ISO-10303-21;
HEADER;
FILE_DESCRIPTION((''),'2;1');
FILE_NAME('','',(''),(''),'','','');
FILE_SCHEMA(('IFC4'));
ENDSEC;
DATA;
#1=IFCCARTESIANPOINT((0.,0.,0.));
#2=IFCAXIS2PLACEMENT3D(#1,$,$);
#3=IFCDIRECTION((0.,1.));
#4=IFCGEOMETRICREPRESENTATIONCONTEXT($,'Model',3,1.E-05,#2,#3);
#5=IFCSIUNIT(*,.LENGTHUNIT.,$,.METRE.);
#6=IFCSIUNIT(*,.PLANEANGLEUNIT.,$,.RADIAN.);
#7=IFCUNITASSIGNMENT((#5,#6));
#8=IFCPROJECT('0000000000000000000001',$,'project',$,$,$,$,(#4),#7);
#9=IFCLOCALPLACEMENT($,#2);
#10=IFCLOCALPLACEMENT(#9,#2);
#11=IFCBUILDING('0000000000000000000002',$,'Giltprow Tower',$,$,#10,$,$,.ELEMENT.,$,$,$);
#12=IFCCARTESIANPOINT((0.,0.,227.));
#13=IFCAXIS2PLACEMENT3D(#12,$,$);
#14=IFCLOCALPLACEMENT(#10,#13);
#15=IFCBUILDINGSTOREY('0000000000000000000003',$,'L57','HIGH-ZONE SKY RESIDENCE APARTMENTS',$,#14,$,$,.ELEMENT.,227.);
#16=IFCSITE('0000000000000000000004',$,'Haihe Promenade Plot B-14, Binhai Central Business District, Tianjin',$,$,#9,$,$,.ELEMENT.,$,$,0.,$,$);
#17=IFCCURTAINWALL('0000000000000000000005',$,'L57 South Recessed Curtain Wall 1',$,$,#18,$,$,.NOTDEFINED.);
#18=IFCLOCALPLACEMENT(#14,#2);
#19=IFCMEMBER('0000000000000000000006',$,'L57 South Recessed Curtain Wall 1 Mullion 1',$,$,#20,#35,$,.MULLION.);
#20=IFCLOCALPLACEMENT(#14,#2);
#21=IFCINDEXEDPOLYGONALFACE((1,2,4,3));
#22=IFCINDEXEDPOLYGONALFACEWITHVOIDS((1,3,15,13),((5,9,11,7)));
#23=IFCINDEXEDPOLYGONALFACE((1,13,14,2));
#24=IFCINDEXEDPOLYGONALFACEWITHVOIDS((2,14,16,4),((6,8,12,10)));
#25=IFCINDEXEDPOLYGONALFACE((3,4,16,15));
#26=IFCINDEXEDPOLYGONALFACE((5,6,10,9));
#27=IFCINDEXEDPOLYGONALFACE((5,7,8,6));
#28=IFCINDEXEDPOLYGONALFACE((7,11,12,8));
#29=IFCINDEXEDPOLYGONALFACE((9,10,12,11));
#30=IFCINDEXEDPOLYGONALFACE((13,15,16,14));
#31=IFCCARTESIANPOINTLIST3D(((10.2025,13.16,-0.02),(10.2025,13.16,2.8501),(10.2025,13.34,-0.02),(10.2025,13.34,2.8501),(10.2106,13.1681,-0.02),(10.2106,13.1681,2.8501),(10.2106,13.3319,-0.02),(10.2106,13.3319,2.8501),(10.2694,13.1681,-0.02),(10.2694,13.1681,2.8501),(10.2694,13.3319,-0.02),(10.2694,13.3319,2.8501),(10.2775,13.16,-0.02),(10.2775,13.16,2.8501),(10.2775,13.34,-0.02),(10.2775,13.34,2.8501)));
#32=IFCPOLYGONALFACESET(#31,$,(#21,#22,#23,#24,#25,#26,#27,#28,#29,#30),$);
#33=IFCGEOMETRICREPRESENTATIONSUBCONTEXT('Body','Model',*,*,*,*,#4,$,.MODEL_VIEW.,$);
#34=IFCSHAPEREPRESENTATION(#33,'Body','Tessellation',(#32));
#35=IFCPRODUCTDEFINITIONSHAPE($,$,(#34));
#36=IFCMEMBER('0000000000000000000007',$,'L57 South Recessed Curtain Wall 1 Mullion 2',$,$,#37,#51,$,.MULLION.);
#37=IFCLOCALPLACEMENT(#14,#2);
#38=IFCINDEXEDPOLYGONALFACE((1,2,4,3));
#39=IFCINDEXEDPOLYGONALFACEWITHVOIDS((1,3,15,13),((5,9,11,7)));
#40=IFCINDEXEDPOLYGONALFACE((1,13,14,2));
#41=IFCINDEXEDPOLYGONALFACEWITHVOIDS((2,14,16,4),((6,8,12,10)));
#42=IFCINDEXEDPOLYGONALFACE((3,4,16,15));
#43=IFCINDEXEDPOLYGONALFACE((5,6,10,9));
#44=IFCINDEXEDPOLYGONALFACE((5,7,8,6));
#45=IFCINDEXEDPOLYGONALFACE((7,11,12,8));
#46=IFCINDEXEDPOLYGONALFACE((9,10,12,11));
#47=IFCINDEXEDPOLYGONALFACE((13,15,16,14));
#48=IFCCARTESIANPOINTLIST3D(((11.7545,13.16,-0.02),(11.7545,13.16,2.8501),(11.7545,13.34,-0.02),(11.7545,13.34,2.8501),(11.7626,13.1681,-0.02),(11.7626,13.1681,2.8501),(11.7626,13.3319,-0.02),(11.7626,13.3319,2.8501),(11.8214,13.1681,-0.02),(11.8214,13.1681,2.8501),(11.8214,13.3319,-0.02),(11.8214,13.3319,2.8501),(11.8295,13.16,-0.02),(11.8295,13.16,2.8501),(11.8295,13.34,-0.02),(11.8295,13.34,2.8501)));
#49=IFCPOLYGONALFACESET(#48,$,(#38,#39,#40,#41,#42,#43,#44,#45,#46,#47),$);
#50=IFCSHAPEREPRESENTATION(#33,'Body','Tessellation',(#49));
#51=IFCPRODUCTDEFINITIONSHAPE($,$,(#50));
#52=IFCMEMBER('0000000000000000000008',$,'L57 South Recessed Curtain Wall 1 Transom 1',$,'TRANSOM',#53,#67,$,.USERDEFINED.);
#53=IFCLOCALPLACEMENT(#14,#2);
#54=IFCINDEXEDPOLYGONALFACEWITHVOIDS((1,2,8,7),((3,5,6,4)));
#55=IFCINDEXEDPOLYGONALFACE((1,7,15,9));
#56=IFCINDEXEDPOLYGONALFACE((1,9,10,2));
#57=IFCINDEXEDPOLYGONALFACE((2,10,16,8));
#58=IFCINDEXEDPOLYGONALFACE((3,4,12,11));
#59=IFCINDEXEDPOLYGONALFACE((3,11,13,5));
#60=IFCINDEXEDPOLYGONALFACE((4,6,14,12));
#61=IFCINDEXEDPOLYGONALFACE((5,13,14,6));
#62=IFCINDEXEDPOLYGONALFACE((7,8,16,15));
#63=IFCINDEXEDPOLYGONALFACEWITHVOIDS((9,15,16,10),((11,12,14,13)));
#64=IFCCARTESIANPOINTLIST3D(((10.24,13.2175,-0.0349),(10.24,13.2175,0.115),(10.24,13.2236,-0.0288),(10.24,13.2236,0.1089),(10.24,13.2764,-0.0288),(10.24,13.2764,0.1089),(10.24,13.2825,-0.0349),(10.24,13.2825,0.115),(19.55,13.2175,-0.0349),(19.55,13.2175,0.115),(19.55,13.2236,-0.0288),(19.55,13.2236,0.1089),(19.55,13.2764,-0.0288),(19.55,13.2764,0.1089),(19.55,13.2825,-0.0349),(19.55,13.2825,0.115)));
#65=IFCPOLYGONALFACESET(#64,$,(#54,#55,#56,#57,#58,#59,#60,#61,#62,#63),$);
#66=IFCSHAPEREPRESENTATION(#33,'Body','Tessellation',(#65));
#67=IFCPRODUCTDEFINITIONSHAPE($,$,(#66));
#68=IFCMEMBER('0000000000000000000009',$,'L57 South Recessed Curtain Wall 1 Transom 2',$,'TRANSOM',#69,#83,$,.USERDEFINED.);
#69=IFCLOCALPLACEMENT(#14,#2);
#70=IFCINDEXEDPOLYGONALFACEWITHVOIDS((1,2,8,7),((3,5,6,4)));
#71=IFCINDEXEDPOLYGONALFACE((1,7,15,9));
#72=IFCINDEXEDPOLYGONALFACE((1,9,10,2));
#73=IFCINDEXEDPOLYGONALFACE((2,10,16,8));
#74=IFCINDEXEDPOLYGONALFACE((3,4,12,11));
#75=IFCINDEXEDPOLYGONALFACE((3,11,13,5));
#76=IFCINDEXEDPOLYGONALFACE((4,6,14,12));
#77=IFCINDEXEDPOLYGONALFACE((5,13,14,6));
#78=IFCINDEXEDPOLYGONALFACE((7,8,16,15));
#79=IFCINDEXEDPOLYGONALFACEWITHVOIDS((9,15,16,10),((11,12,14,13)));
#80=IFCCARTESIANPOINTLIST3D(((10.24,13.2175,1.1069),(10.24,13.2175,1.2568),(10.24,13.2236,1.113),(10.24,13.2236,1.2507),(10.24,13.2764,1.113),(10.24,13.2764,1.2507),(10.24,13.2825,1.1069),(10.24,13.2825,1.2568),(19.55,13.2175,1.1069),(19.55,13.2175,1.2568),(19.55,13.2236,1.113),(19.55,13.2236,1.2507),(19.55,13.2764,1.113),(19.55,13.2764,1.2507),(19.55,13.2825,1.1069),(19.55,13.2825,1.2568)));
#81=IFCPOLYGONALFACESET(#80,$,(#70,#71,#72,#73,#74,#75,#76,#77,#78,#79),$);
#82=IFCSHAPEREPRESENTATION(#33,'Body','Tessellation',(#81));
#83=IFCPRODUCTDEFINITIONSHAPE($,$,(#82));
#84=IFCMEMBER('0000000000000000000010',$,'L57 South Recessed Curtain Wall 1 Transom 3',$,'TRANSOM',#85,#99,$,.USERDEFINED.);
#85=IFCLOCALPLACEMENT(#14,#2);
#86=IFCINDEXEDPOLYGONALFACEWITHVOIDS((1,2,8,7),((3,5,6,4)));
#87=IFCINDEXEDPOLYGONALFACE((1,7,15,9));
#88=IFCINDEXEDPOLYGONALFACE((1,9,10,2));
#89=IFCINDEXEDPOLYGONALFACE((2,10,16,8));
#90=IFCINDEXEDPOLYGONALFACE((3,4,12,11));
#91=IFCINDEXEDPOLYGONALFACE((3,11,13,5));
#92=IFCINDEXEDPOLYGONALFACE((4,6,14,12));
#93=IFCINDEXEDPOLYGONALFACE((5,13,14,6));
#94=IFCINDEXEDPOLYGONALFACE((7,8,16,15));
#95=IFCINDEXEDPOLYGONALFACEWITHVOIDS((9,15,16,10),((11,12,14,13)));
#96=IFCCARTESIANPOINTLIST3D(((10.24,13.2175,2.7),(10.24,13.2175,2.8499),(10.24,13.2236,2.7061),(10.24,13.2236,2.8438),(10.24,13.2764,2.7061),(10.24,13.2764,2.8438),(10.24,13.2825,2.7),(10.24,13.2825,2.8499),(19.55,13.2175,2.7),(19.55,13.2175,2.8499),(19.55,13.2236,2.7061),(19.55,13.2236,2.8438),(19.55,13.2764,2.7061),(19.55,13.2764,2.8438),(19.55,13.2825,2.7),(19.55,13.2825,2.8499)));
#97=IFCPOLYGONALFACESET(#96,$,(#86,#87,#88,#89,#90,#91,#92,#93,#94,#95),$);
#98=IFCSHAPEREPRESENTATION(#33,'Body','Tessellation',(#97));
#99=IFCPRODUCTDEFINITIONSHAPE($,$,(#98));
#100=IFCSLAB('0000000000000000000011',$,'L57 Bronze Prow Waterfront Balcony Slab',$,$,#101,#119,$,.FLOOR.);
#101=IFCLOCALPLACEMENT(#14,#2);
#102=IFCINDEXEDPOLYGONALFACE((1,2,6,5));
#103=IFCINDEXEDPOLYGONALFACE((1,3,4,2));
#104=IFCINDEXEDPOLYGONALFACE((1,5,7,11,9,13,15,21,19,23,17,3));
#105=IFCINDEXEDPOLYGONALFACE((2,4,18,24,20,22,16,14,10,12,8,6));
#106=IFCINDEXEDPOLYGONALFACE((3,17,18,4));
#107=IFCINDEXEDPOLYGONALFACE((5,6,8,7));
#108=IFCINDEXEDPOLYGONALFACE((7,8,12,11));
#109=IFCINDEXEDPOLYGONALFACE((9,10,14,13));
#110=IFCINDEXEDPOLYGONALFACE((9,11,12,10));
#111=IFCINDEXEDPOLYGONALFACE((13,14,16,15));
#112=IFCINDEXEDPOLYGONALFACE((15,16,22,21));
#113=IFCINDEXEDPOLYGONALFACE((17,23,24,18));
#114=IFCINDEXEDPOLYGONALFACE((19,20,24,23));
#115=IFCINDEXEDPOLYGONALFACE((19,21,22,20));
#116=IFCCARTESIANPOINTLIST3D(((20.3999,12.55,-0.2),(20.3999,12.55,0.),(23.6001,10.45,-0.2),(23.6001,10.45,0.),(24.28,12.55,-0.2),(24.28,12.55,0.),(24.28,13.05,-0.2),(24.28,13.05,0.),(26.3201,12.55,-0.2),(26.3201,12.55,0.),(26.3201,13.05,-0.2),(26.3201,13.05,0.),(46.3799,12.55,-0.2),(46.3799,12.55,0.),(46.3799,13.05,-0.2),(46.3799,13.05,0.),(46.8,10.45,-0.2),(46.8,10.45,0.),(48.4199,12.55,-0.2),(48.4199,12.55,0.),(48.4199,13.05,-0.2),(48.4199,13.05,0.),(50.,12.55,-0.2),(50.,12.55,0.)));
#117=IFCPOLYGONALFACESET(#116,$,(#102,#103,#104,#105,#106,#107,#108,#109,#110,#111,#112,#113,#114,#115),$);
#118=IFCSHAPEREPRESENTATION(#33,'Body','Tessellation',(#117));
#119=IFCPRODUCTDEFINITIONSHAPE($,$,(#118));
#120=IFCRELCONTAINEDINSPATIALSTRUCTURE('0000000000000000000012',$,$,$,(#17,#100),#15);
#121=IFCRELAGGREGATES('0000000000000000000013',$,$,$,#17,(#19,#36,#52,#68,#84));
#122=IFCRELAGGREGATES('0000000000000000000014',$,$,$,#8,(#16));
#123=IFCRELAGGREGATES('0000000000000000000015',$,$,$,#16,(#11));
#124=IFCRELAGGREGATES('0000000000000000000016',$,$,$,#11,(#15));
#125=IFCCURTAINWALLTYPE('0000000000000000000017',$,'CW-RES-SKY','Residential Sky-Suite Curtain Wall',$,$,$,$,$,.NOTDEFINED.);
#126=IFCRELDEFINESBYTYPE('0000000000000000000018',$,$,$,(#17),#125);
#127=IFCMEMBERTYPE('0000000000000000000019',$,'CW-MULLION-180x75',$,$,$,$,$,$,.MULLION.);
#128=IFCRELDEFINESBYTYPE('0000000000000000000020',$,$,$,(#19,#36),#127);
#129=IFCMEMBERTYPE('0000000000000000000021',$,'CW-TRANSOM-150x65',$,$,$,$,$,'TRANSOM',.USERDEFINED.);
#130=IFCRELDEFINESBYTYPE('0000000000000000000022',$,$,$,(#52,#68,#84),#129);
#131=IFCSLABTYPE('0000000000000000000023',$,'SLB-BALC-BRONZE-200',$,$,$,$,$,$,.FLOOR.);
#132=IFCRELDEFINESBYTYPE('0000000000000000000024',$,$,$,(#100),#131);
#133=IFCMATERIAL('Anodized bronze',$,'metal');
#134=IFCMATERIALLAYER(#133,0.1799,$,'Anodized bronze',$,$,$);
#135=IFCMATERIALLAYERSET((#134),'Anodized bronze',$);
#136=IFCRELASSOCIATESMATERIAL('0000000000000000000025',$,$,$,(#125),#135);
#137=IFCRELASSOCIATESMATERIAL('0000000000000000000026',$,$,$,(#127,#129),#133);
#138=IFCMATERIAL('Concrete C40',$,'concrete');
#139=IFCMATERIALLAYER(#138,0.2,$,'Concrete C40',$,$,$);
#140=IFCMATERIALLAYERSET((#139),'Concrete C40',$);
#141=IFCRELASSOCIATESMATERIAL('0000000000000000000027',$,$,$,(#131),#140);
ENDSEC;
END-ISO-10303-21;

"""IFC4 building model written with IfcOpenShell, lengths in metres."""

from ifc_helpers import new_model, si_unit, direction, frame, origin, origin_2d, place, context, subcontext, project, spatial, polyline, hollow_rectangle, outline, extrude, source, transform, mapped, material, layer, layer_set, material_profile, profile_set, type_object, element, aggregate, save


model = new_model("IFC4")

# Units and contexts
model_context = context("Model", 3, precision=1e-05, world=origin(), true_north=direction((0.0, 1.0)))
body_context = subcontext(model_context, "Body", "Model", "MODEL_VIEW")
ifc_project = project(units=[si_unit("LENGTHUNIT", "METRE"), si_unit("PLANEANGLEUNIT", "RADIAN")], contexts=[model_context])

# Site, building, storey
site_placement = place(None, origin())
site = spatial("IfcSite", under=ifc_project, at=site_placement, Name="Haihe Promenade Plot B-14, Binhai Central Business District, Tianjin", CompositionType="ELEMENT", RefElevation=0.0)
building_placement = place(site_placement, origin())
building = spatial("IfcBuilding", under=site, at=building_placement, Name="Giltprow Tower", CompositionType="ELEMENT")
storey_placement = place(building_placement, frame((0.0, 0.0, 227.0)))
storey = spatial("IfcBuildingStorey", under=building, at=storey_placement, Name="L57", Description="HIGH-ZONE SKY RESIDENCE APARTMENTS", CompositionType="ELEMENT", Elevation=227.0)

# Curtain wall, members
ifc_material_1 = material(Name="Anodized bronze", Category="metal")
ifc_layer_1 = layer(ifc_material_1, 0.1799, Name="Anodized bronze")
ifc_layer_set_1 = layer_set([ifc_layer_1], Name="Anodized bronze")
curtain_wall_type = type_object("IfcCurtainWallType", Name="CW-RES-SKY", Description="Residential Sky-Suite Curtain Wall", PredefinedType="NOTDEFINED", material=ifc_layer_set_1)
curtain_wall_placement = place(storey_placement, origin())
curtain_wall = element("IfcCurtainWall", 1, at=curtain_wall_placement, inside=storey, type_object=curtain_wall_type, Name="L57 South Recessed Curtain Wall 1", PredefinedType="NOTDEFINED")
ifc_material_profile_1 = material_profile(ifc_material_1, hollow_rectangle(XDim=0.075, YDim=0.1799, WallThickness=0.0081, at=origin_2d()), Name="RHS 180x75x8")
ifc_profile_set_1 = profile_set([ifc_material_profile_1], Name="Anodized bronze")
member_type_1 = type_object("IfcMemberType", Name="CW-MULLION-180x75", PredefinedType="MULLION", material=ifc_profile_set_1)
shared_shape_1 = source(origin(), body_context, "Body", "SweptSolid", [
    extrude(hollow_rectangle(XDim=0.075, YDim=0.1799, WallThickness=0.0081, at=origin_2d()), origin(), (0.0, 0.0, 1.0), 2.8701),
])
member_1_placement = place(storey_placement, frame((10.24, 13.25, -0.02), z_axis=(0.0, 0.0, 1.0), x_axis=(1.0, 0.0, 0.0)))
member_1 = element("IfcMember", 2, at=member_1_placement, type_object=member_type_1, Name="L57 South Recessed Curtain Wall 1 Mullion 1", PredefinedType="MULLION", context=body_context, shape_type="MappedRepresentation", body=[
    mapped(shared_shape_1, transform((0.0, 0.0, 0.0), x_axis=(1.0, 0.0, 0.0), y_axis=(0.0, 1.0, 0.0), z_axis=(0.0, 0.0, 1.0), scale=1.0)),
])
member_2_placement = place(storey_placement, frame((11.792, 13.25, -0.02), z_axis=(0.0, 0.0, 1.0), x_axis=(1.0, 0.0, 0.0)))
member_2 = element("IfcMember", 3, at=member_2_placement, type_object=member_type_1, Name="L57 South Recessed Curtain Wall 1 Mullion 2", PredefinedType="MULLION", context=body_context, shape_type="MappedRepresentation", body=[
    mapped(shared_shape_1, transform((0.0, 0.0, 0.0), x_axis=(1.0, 0.0, 0.0), y_axis=(0.0, 1.0, 0.0), z_axis=(0.0, 0.0, 1.0), scale=1.0)),
])
ifc_material_profile_2 = material_profile(ifc_material_1, hollow_rectangle(XDim=0.0649, YDim=0.1499, WallThickness=0.0061, at=origin_2d()), Name="RHS 150x65x6")
ifc_profile_set_2 = profile_set([ifc_material_profile_2], Name="Anodized bronze")
member_type_2 = type_object("IfcMemberType", Name="CW-TRANSOM-150x65", ElementType="TRANSOM", PredefinedType="USERDEFINED", material=ifc_profile_set_2)
shared_shape_2 = source(origin(), body_context, "Body", "SweptSolid", [
    extrude(hollow_rectangle(XDim=0.0649, YDim=0.1499, WallThickness=0.0061, at=origin_2d()), origin(), (0.0, 0.0, 1.0), 9.3101),
])
member_3_placement = place(storey_placement, frame((10.24, 13.25, 0.04), z_axis=(1.0, 0.0, 0.0), x_axis=(0.0, 1.0, 0.0)))
member_3 = element("IfcMember", 4, at=member_3_placement, type_object=member_type_2, Name="L57 South Recessed Curtain Wall 1 Transom 1", ObjectType="TRANSOM", PredefinedType="USERDEFINED", context=body_context, shape_type="MappedRepresentation", body=[
    mapped(shared_shape_2, transform((0.0, 0.0, 0.0), x_axis=(1.0, 0.0, 0.0), y_axis=(0.0, 1.0, 0.0), z_axis=(0.0, 0.0, 1.0), scale=1.0)),
])
member_4_placement = place(storey_placement, frame((10.24, 13.25, 1.1819), z_axis=(1.0, 0.0, 0.0), x_axis=(0.0, 1.0, 0.0)))
member_4 = element("IfcMember", 5, at=member_4_placement, type_object=member_type_2, Name="L57 South Recessed Curtain Wall 1 Transom 2", ObjectType="TRANSOM", PredefinedType="USERDEFINED", context=body_context, shape_type="MappedRepresentation", body=[
    mapped(shared_shape_2, transform((0.0, 0.0, 0.0), x_axis=(1.0, 0.0, 0.0), y_axis=(0.0, 1.0, 0.0), z_axis=(0.0, 0.0, 1.0), scale=1.0)),
])
member_5_placement = place(storey_placement, frame((10.24, 13.25, 2.7749), z_axis=(1.0, 0.0, 0.0), x_axis=(0.0, 1.0, 0.0)))
member_5 = element("IfcMember", 6, at=member_5_placement, type_object=member_type_2, Name="L57 South Recessed Curtain Wall 1 Transom 3", ObjectType="TRANSOM", PredefinedType="USERDEFINED", context=body_context, shape_type="MappedRepresentation", body=[
    mapped(shared_shape_2, transform((0.0, 0.0, 0.0), x_axis=(1.0, 0.0, 0.0), y_axis=(0.0, 1.0, 0.0), z_axis=(0.0, 0.0, 1.0), scale=1.0)),
])

# Slab
ifc_material_2 = material(Name="Concrete C40", Category="concrete")
ifc_layer_2 = layer(ifc_material_2, 0.2, Name="Concrete C40")
ifc_layer_set_2 = layer_set([ifc_layer_2], Name="Concrete C40")
slab_type_1 = type_object("IfcSlabType", Name="SLB-BALC-BRONZE-200", PredefinedType="FLOOR", material=ifc_layer_set_2)
slab_1_placement = place(storey_placement, frame((0.0, 0.0, -0.2)))
element("IfcSlab", 7, at=slab_1_placement, inside=storey, type_object=slab_type_1, Name="L57 Bronze Prow Waterfront Balcony Slab", PredefinedType="FLOOR", context=body_context, shape_type="SweptSolid", body=[
    extrude(outline(polyline([(50.0, 12.55), (46.8, 10.45), (23.6001, 10.45), (20.3999, 12.55), (24.28, 12.55), (24.28, 13.05), (26.3201, 13.05), (26.3201, 12.55), (46.3799, 12.55), (46.3799, 13.05), (48.4199, 13.05), (48.4199, 12.55), (50.0, 12.55)])), origin(), (0.0, 0.0, 1.0), 0.2),
])

aggregate(curtain_wall, [member_1, member_2, member_3, member_4, member_5])

save(model, "model.ifc")
